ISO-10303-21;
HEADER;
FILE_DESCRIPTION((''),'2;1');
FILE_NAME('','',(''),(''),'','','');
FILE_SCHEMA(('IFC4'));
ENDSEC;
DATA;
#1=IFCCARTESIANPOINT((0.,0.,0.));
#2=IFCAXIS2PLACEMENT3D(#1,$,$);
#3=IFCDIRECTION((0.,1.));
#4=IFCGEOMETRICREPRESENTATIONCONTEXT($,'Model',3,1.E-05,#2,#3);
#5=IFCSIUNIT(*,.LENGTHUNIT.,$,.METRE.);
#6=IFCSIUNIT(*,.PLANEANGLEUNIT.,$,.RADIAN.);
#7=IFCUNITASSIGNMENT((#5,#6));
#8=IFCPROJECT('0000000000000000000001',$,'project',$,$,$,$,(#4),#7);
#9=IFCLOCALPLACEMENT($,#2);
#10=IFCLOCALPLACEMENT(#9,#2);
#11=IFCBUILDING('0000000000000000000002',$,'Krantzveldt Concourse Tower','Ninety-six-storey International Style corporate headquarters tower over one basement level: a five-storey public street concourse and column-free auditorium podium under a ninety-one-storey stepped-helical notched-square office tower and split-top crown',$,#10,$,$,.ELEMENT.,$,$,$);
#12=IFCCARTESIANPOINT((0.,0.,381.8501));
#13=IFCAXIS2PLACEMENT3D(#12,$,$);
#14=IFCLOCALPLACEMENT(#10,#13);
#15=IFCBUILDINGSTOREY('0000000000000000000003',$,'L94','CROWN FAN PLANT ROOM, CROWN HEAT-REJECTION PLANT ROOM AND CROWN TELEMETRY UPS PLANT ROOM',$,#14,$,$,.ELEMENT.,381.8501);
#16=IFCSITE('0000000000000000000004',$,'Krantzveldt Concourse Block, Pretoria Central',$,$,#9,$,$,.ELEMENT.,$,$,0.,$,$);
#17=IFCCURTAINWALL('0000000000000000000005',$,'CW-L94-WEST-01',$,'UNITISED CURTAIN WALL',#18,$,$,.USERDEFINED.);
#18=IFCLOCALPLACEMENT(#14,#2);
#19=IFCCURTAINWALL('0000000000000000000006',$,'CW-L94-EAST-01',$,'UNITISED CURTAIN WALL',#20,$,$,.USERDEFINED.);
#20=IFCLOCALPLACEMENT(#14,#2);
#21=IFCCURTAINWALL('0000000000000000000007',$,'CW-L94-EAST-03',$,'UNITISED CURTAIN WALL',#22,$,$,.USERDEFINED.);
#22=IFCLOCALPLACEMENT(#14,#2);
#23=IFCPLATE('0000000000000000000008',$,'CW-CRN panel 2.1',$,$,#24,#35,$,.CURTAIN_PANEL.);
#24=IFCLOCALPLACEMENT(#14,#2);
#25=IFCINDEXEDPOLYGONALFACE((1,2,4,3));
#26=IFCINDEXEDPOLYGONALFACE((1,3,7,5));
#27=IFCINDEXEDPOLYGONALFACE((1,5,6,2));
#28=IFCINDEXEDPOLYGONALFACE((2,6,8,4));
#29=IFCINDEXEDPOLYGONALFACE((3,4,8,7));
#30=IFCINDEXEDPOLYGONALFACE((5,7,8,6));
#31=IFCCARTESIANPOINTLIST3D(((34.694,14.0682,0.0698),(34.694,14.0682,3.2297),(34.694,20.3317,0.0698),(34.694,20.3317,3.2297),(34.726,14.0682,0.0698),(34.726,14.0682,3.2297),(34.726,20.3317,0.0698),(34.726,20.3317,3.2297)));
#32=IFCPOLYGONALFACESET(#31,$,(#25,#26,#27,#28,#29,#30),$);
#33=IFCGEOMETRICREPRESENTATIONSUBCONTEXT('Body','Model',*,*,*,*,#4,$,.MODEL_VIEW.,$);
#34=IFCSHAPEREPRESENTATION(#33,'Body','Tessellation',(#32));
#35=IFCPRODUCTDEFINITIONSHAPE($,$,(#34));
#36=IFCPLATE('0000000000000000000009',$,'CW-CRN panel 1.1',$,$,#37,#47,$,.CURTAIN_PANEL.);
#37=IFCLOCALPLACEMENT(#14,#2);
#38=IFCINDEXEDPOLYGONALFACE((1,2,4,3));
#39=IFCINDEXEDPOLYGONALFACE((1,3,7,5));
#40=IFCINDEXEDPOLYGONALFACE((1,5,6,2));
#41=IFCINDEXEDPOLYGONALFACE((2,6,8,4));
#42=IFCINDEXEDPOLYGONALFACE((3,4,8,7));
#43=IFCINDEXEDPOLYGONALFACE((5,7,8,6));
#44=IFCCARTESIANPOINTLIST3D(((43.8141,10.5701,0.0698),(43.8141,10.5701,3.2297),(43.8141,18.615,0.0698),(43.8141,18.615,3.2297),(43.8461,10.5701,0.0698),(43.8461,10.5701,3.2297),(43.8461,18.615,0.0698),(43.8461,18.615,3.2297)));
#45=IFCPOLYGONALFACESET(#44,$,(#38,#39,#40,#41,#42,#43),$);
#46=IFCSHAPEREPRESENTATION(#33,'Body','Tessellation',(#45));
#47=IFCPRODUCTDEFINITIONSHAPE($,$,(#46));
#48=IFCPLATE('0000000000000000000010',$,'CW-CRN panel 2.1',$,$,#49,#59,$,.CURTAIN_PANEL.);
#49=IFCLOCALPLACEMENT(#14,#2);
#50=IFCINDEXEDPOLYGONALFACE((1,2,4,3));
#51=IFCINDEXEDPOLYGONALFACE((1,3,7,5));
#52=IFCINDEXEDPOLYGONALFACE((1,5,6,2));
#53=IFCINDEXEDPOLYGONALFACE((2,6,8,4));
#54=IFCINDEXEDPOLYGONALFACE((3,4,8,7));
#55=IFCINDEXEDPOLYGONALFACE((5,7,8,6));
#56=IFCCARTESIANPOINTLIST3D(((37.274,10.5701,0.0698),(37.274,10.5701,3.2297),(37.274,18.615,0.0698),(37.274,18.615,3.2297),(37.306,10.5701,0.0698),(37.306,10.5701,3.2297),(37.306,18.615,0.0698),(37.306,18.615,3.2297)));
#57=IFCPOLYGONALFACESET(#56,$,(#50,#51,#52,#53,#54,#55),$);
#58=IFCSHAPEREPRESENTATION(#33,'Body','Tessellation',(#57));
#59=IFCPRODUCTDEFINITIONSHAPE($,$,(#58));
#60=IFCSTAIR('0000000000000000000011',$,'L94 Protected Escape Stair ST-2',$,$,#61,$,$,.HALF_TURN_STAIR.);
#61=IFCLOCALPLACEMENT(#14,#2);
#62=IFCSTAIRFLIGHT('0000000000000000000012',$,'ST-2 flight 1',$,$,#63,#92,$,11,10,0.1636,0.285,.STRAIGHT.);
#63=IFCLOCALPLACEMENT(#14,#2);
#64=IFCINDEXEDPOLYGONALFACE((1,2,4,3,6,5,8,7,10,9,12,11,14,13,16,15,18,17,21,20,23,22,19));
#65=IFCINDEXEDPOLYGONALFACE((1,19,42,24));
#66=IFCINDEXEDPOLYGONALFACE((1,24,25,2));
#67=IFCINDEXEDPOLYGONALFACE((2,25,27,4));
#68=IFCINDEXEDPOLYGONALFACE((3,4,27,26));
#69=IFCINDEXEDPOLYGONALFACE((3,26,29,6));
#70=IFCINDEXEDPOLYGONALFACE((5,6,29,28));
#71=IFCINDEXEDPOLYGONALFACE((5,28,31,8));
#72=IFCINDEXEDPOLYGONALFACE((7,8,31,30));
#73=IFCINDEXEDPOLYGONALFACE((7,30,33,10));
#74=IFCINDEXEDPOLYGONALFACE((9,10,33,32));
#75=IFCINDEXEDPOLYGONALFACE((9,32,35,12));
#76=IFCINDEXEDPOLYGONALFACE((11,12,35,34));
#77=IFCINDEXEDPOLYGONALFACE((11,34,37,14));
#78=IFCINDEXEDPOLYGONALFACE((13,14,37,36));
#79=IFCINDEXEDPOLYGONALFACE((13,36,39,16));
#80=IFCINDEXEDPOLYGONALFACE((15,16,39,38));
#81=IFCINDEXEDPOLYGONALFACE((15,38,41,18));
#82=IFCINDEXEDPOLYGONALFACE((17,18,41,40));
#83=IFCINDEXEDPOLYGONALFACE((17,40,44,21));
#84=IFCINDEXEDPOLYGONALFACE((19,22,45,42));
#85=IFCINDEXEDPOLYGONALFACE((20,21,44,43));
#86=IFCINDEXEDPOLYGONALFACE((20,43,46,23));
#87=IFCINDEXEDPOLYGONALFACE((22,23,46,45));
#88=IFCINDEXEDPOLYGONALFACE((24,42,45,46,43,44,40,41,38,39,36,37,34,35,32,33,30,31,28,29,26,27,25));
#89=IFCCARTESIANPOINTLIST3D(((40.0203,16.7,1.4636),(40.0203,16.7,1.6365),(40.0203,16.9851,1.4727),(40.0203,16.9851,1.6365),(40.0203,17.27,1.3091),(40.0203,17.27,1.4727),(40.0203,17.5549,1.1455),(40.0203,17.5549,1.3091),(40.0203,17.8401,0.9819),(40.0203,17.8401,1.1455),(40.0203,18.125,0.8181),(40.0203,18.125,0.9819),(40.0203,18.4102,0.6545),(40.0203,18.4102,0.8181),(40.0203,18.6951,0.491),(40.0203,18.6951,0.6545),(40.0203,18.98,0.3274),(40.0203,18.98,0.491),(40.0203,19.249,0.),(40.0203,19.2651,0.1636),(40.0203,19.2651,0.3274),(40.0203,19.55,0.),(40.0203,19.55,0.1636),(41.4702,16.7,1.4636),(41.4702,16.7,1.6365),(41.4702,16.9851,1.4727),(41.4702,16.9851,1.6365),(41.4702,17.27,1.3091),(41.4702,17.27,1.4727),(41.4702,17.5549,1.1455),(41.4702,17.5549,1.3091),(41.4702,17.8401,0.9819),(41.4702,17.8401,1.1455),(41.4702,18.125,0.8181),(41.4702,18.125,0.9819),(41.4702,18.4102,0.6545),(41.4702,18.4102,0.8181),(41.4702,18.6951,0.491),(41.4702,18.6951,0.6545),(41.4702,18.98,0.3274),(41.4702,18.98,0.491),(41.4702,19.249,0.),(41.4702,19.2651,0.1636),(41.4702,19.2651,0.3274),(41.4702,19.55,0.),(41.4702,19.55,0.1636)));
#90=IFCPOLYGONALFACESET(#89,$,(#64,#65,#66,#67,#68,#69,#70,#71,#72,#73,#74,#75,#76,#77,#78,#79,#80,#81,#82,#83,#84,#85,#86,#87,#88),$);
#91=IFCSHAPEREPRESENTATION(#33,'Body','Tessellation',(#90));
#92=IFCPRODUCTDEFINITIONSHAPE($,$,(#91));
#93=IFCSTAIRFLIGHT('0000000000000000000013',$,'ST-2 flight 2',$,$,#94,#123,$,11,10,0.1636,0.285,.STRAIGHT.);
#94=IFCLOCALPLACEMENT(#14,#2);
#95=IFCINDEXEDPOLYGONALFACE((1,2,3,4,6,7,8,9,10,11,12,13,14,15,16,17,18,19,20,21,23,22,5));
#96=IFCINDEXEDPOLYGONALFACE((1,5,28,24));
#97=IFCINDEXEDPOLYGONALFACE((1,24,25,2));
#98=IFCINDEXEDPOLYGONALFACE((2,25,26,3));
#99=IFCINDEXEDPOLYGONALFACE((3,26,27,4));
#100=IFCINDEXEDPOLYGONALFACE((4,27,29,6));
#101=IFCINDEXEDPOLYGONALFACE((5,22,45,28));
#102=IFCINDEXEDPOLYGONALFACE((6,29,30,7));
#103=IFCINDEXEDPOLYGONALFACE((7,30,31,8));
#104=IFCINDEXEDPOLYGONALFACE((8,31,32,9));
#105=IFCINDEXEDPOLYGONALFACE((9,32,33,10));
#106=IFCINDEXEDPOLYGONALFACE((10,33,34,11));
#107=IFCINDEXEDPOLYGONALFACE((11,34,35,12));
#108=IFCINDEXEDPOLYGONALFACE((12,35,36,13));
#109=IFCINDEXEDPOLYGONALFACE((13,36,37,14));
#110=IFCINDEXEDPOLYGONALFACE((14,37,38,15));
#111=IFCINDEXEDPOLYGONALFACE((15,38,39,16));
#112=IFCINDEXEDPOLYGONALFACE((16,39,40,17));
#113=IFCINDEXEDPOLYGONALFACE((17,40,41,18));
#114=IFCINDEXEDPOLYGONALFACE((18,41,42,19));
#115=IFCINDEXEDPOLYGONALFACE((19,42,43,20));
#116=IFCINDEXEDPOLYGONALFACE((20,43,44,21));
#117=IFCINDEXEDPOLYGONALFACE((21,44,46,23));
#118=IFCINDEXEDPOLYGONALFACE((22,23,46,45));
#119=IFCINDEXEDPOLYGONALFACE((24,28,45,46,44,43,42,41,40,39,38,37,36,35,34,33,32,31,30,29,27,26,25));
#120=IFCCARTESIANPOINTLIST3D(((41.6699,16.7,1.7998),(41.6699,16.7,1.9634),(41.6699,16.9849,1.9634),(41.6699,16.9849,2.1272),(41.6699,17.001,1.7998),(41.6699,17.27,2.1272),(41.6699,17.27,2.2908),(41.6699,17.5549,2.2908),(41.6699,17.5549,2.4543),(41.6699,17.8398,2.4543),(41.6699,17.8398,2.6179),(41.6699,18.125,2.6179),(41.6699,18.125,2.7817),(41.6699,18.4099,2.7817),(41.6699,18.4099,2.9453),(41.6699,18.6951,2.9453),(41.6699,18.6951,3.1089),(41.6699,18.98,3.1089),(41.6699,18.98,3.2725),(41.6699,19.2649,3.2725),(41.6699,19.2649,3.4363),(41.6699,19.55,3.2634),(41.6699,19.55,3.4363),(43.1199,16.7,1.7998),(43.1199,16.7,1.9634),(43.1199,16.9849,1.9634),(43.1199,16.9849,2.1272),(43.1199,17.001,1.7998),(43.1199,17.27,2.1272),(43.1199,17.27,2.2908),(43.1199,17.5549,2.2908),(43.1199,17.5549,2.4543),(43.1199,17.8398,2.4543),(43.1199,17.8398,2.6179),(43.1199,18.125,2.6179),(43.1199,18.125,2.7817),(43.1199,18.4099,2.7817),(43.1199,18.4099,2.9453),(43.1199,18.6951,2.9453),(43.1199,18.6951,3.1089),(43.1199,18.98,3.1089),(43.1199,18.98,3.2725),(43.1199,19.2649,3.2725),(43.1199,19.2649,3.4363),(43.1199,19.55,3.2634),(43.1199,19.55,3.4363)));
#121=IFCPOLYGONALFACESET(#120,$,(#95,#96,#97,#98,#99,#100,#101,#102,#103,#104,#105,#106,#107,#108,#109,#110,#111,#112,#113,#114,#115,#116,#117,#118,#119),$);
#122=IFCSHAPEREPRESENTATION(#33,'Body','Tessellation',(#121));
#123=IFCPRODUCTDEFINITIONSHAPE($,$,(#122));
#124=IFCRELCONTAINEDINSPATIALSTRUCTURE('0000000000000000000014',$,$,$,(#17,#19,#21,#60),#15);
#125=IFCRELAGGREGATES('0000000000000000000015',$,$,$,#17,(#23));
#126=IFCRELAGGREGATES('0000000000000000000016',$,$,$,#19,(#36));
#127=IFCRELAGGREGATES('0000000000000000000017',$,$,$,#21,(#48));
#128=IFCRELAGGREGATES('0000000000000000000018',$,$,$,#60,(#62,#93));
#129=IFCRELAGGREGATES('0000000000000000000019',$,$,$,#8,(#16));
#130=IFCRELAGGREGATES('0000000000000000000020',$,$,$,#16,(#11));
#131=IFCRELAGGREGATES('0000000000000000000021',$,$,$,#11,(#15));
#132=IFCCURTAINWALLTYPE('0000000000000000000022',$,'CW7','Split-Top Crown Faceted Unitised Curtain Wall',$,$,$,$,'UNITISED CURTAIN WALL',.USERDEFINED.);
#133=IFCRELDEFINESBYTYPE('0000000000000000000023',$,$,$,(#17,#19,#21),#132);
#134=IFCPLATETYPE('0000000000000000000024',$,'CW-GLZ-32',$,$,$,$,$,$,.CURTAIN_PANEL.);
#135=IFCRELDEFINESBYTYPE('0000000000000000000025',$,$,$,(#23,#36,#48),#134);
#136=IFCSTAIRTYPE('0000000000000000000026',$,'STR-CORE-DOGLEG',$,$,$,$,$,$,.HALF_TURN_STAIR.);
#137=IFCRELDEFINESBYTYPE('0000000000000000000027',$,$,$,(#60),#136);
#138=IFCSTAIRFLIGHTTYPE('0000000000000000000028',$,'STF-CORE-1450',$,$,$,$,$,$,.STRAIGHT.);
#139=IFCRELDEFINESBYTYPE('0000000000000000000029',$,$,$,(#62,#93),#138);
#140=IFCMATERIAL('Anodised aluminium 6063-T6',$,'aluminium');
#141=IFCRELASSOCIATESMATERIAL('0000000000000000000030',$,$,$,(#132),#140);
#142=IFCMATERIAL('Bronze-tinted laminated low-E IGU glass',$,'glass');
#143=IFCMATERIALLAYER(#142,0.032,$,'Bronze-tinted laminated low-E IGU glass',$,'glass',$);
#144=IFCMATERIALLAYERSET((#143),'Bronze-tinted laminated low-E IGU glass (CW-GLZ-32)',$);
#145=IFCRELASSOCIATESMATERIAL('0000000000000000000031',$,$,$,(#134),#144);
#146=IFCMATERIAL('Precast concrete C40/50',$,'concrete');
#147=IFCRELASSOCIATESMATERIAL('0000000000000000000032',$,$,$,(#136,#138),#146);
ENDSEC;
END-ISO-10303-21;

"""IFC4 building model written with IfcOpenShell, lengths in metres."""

from ifc_helpers import new_model, si_unit, direction, frame, origin, origin_2d, place, context, subcontext, project, spatial, polyline, rectangle, outline, extrude, source, transform, mapped, material, layer, layer_set, type_object, type_shapes, element, aggregate, save


model = new_model("IFC4")

# Units and contexts
model_context = context("Model", 3, precision=1e-05, world=origin(), true_north=direction((0.0, 1.0)))
body_context = subcontext(model_context, "Body", "Model", "MODEL_VIEW")
ifc_project = project(units=[si_unit("LENGTHUNIT", "METRE"), si_unit("PLANEANGLEUNIT", "RADIAN")], contexts=[model_context])

# Site, building, storey
site_placement = place(None, origin())
site = spatial("IfcSite", under=ifc_project, at=site_placement, Name="Krantzveldt Concourse Block, Pretoria Central", CompositionType="ELEMENT", RefElevation=0.0)
building_placement = place(site_placement, origin())
building = spatial("IfcBuilding", under=site, at=building_placement, Name="Krantzveldt Concourse Tower", Description="Ninety-six-storey International Style corporate headquarters tower over one basement level: a five-storey public street concourse and column-free auditorium podium under a ninety-one-storey stepped-helical notched-square office tower and split-top crown", CompositionType="ELEMENT")
storey_placement = place(building_placement, frame((0.0, 0.0, 381.8501)))
storey = spatial("IfcBuildingStorey", under=building, at=storey_placement, Name="L94", Description="CROWN FAN PLANT ROOM, CROWN HEAT-REJECTION PLANT ROOM AND CROWN TELEMETRY UPS PLANT ROOM", CompositionType="ELEMENT", Elevation=381.8501)

# Curtain walls
ifc_material_1 = material(Name="Anodised aluminium 6063-T6", Category="aluminium")
curtain_wall_type = type_object("IfcCurtainWallType", Name="CW7", Description="Split-Top Crown Faceted Unitised Curtain Wall", ElementType="UNITISED CURTAIN WALL", PredefinedType="USERDEFINED", material=ifc_material_1)
curtain_wall_1_placement = place(storey_placement, origin())
curtain_wall_1 = element("IfcCurtainWall", 1, at=curtain_wall_1_placement, inside=storey, type_object=curtain_wall_type, Name="CW-L94-WEST-01", ObjectType="UNITISED CURTAIN WALL", PredefinedType="USERDEFINED")
curtain_wall_2_placement = place(storey_placement, origin())
curtain_wall_2 = element("IfcCurtainWall", 2, at=curtain_wall_2_placement, inside=storey, type_object=curtain_wall_type, Name="CW-L94-EAST-01", ObjectType="UNITISED CURTAIN WALL", PredefinedType="USERDEFINED")
curtain_wall_3_placement = place(storey_placement, origin())
curtain_wall_3 = element("IfcCurtainWall", 3, at=curtain_wall_3_placement, inside=storey, type_object=curtain_wall_type, Name="CW-L94-EAST-03", ObjectType="UNITISED CURTAIN WALL", PredefinedType="USERDEFINED")

# Plates
ifc_material_2 = material(Name="Bronze-tinted laminated low-E IGU glass", Category="glass")
ifc_layer_1 = layer(ifc_material_2, 0.032, Name="Bronze-tinted laminated low-E IGU glass", Category="glass")
ifc_layer_set_1 = layer_set([ifc_layer_1], Name="Bronze-tinted laminated low-E IGU glass (CW-GLZ-32)")
plate_type = type_object("IfcPlateType", Name="CW-GLZ-32", PredefinedType="CURTAIN_PANEL", material=ifc_layer_set_1)
shared_shape_1 = source(origin(), body_context, "Body", "SweptSolid", [
    extrude(rectangle(XDim=6.2634, YDim=0.032, at=origin_2d()), origin(), (0.0, 0.0, 1.0), 3.1599),
])
plate_1_placement = place(storey_placement, frame((34.71, 17.2, 0.0698), z_axis=(0.0, 0.0, 1.0), x_axis=(0.0, 1.0, 0.0)))
plate_1 = element("IfcPlate", 4, at=plate_1_placement, type_object=plate_type, Name="CW-CRN panel 2.1", PredefinedType="CURTAIN_PANEL", context=body_context, shape_type="MappedRepresentation", body=[
    mapped(shared_shape_1, transform((0.0, 0.0, 0.0), x_axis=(1.0, 0.0, 0.0), y_axis=(0.0, 1.0, 0.0), z_axis=(0.0, 0.0, 1.0), scale=1.0)),
])
aggregate(curtain_wall_1, [plate_1])
shared_shape_2 = source(origin(), body_context, "Body", "SweptSolid", [
    extrude(rectangle(XDim=8.0449, YDim=0.032, at=origin_2d()), origin(), (0.0, 0.0, 1.0), 3.1599),
])
type_shapes(plate_type, [shared_shape_1, shared_shape_2])
plate_2_placement = place(storey_placement, frame((43.8301, 14.5925, 0.0698), z_axis=(0.0, 0.0, 1.0), x_axis=(0.0, 1.0, 0.0)))
plate_2 = element("IfcPlate", 5, at=plate_2_placement, type_object=plate_type, Name="CW-CRN panel 1.1", PredefinedType="CURTAIN_PANEL", context=body_context, shape_type="MappedRepresentation", body=[
    mapped(shared_shape_2, transform((0.0, 0.0, 0.0), x_axis=(1.0, 0.0, 0.0), y_axis=(0.0, 1.0, 0.0), z_axis=(0.0, 0.0, 1.0), scale=1.0)),
])
aggregate(curtain_wall_2, [plate_2])
plate_3_placement = place(storey_placement, frame((37.29, 14.5925, 0.0698), z_axis=(0.0, 0.0, 1.0), x_axis=(0.0, -1.0, 0.0)))
plate_3 = element("IfcPlate", 6, at=plate_3_placement, type_object=plate_type, Name="CW-CRN panel 2.1", PredefinedType="CURTAIN_PANEL", context=body_context, shape_type="MappedRepresentation", body=[
    mapped(shared_shape_2, transform((0.0, 0.0, 0.0), x_axis=(1.0, 0.0, 0.0), y_axis=(0.0, 1.0, 0.0), z_axis=(0.0, 0.0, 1.0), scale=1.0)),
])
aggregate(curtain_wall_3, [plate_3])

# Stair, stair flights
ifc_material_3 = material(Name="Precast concrete C40/50", Category="concrete")
stair_type = type_object("IfcStairType", Name="STR-CORE-DOGLEG", PredefinedType="HALF_TURN_STAIR", material=ifc_material_3)
stair_placement = place(storey_placement, origin())
stair = element("IfcStair", 7, at=stair_placement, inside=storey, type_object=stair_type, Name="L94 Protected Escape Stair ST-2", PredefinedType="HALF_TURN_STAIR")
stair_flight_type = type_object("IfcStairFlightType", Name="STF-CORE-1450", PredefinedType="STRAIGHT", material=ifc_material_3)
stair_flight_1_placement = place(storey_placement, frame((40.7451, 19.55, 0.0), z_axis=(0.0, 0.0, 1.0), x_axis=(0.0, -1.0, 0.0)))
stair_flight_1 = element("IfcStairFlight", 8, at=stair_flight_1_placement, type_object=stair_flight_type, Name="ST-2 flight 1", NumberOfRisers=11, NumberOfTreads=10, PredefinedType="STRAIGHT", RiserHeight=0.1636, TreadLength=0.285, context=body_context, shape_type="SweptSolid", body=[
    extrude(outline(polyline([(0.0, 0.0), (0.0, 0.1636), (0.2849, 0.1636), (0.2849, 0.3274), (0.5701, 0.3274), (0.5701, 0.491), (0.855, 0.491), (0.855, 0.6545), (1.1399, 0.6545), (1.1399, 0.8181), (1.425, 0.8181), (1.425, 0.9819), (1.71, 0.9819), (1.71, 1.1455), (1.9951, 1.1455), (1.9951, 1.3091), (2.28, 1.3091), (2.28, 1.4727), (2.5649, 1.4727), (2.5649, 1.6365), (2.8501, 1.6365), (2.8501, 1.8), (2.8501, 1.4636), (0.301, 0.0), (0.0, 0.0)])), frame((0.0, 0.7251, 0.0), z_axis=(0.0, -1.0, 0.0), x_axis=(1.0, 0.0, 0.0)), (0.0, 0.0, 1.0), 1.45),
])
stair_flight_2_placement = place(storey_placement, frame((42.395, 16.7, 1.7998), z_axis=(0.0, 0.0, 1.0), x_axis=(0.0, 1.0, 0.0)))
stair_flight_2 = element("IfcStairFlight", 9, at=stair_flight_2_placement, type_object=stair_flight_type, Name="ST-2 flight 2", NumberOfRisers=11, NumberOfTreads=10, PredefinedType="STRAIGHT", RiserHeight=0.1636, TreadLength=0.285, context=body_context, shape_type="SweptSolid", body=[
    extrude(outline(polyline([(0.0, 0.0), (0.0, 0.1636), (0.2849, 0.1636), (0.2849, 0.3274), (0.5701, 0.3274), (0.5701, 0.491), (0.855, 0.491), (0.855, 0.6545), (1.1399, 0.6545), (1.1399, 0.8181), (1.425, 0.8181), (1.425, 0.9819), (1.71, 0.9819), (1.71, 1.1455), (1.9951, 1.1455), (1.9951, 1.3091), (2.28, 1.3091), (2.28, 1.4727), (2.5649, 1.4727), (2.5649, 1.6365), (2.8501, 1.6365), (2.8501, 1.8), (2.8501, 1.4636), (0.301, 0.0), (0.0, 0.0)])), frame((0.0, 0.7251, 0.0), z_axis=(0.0, -1.0, 0.0), x_axis=(1.0, 0.0, 0.0)), (0.0, 0.0, 1.0), 1.45),
])
aggregate(stair, [stair_flight_1, stair_flight_2])

save(model, "model.ifc")
